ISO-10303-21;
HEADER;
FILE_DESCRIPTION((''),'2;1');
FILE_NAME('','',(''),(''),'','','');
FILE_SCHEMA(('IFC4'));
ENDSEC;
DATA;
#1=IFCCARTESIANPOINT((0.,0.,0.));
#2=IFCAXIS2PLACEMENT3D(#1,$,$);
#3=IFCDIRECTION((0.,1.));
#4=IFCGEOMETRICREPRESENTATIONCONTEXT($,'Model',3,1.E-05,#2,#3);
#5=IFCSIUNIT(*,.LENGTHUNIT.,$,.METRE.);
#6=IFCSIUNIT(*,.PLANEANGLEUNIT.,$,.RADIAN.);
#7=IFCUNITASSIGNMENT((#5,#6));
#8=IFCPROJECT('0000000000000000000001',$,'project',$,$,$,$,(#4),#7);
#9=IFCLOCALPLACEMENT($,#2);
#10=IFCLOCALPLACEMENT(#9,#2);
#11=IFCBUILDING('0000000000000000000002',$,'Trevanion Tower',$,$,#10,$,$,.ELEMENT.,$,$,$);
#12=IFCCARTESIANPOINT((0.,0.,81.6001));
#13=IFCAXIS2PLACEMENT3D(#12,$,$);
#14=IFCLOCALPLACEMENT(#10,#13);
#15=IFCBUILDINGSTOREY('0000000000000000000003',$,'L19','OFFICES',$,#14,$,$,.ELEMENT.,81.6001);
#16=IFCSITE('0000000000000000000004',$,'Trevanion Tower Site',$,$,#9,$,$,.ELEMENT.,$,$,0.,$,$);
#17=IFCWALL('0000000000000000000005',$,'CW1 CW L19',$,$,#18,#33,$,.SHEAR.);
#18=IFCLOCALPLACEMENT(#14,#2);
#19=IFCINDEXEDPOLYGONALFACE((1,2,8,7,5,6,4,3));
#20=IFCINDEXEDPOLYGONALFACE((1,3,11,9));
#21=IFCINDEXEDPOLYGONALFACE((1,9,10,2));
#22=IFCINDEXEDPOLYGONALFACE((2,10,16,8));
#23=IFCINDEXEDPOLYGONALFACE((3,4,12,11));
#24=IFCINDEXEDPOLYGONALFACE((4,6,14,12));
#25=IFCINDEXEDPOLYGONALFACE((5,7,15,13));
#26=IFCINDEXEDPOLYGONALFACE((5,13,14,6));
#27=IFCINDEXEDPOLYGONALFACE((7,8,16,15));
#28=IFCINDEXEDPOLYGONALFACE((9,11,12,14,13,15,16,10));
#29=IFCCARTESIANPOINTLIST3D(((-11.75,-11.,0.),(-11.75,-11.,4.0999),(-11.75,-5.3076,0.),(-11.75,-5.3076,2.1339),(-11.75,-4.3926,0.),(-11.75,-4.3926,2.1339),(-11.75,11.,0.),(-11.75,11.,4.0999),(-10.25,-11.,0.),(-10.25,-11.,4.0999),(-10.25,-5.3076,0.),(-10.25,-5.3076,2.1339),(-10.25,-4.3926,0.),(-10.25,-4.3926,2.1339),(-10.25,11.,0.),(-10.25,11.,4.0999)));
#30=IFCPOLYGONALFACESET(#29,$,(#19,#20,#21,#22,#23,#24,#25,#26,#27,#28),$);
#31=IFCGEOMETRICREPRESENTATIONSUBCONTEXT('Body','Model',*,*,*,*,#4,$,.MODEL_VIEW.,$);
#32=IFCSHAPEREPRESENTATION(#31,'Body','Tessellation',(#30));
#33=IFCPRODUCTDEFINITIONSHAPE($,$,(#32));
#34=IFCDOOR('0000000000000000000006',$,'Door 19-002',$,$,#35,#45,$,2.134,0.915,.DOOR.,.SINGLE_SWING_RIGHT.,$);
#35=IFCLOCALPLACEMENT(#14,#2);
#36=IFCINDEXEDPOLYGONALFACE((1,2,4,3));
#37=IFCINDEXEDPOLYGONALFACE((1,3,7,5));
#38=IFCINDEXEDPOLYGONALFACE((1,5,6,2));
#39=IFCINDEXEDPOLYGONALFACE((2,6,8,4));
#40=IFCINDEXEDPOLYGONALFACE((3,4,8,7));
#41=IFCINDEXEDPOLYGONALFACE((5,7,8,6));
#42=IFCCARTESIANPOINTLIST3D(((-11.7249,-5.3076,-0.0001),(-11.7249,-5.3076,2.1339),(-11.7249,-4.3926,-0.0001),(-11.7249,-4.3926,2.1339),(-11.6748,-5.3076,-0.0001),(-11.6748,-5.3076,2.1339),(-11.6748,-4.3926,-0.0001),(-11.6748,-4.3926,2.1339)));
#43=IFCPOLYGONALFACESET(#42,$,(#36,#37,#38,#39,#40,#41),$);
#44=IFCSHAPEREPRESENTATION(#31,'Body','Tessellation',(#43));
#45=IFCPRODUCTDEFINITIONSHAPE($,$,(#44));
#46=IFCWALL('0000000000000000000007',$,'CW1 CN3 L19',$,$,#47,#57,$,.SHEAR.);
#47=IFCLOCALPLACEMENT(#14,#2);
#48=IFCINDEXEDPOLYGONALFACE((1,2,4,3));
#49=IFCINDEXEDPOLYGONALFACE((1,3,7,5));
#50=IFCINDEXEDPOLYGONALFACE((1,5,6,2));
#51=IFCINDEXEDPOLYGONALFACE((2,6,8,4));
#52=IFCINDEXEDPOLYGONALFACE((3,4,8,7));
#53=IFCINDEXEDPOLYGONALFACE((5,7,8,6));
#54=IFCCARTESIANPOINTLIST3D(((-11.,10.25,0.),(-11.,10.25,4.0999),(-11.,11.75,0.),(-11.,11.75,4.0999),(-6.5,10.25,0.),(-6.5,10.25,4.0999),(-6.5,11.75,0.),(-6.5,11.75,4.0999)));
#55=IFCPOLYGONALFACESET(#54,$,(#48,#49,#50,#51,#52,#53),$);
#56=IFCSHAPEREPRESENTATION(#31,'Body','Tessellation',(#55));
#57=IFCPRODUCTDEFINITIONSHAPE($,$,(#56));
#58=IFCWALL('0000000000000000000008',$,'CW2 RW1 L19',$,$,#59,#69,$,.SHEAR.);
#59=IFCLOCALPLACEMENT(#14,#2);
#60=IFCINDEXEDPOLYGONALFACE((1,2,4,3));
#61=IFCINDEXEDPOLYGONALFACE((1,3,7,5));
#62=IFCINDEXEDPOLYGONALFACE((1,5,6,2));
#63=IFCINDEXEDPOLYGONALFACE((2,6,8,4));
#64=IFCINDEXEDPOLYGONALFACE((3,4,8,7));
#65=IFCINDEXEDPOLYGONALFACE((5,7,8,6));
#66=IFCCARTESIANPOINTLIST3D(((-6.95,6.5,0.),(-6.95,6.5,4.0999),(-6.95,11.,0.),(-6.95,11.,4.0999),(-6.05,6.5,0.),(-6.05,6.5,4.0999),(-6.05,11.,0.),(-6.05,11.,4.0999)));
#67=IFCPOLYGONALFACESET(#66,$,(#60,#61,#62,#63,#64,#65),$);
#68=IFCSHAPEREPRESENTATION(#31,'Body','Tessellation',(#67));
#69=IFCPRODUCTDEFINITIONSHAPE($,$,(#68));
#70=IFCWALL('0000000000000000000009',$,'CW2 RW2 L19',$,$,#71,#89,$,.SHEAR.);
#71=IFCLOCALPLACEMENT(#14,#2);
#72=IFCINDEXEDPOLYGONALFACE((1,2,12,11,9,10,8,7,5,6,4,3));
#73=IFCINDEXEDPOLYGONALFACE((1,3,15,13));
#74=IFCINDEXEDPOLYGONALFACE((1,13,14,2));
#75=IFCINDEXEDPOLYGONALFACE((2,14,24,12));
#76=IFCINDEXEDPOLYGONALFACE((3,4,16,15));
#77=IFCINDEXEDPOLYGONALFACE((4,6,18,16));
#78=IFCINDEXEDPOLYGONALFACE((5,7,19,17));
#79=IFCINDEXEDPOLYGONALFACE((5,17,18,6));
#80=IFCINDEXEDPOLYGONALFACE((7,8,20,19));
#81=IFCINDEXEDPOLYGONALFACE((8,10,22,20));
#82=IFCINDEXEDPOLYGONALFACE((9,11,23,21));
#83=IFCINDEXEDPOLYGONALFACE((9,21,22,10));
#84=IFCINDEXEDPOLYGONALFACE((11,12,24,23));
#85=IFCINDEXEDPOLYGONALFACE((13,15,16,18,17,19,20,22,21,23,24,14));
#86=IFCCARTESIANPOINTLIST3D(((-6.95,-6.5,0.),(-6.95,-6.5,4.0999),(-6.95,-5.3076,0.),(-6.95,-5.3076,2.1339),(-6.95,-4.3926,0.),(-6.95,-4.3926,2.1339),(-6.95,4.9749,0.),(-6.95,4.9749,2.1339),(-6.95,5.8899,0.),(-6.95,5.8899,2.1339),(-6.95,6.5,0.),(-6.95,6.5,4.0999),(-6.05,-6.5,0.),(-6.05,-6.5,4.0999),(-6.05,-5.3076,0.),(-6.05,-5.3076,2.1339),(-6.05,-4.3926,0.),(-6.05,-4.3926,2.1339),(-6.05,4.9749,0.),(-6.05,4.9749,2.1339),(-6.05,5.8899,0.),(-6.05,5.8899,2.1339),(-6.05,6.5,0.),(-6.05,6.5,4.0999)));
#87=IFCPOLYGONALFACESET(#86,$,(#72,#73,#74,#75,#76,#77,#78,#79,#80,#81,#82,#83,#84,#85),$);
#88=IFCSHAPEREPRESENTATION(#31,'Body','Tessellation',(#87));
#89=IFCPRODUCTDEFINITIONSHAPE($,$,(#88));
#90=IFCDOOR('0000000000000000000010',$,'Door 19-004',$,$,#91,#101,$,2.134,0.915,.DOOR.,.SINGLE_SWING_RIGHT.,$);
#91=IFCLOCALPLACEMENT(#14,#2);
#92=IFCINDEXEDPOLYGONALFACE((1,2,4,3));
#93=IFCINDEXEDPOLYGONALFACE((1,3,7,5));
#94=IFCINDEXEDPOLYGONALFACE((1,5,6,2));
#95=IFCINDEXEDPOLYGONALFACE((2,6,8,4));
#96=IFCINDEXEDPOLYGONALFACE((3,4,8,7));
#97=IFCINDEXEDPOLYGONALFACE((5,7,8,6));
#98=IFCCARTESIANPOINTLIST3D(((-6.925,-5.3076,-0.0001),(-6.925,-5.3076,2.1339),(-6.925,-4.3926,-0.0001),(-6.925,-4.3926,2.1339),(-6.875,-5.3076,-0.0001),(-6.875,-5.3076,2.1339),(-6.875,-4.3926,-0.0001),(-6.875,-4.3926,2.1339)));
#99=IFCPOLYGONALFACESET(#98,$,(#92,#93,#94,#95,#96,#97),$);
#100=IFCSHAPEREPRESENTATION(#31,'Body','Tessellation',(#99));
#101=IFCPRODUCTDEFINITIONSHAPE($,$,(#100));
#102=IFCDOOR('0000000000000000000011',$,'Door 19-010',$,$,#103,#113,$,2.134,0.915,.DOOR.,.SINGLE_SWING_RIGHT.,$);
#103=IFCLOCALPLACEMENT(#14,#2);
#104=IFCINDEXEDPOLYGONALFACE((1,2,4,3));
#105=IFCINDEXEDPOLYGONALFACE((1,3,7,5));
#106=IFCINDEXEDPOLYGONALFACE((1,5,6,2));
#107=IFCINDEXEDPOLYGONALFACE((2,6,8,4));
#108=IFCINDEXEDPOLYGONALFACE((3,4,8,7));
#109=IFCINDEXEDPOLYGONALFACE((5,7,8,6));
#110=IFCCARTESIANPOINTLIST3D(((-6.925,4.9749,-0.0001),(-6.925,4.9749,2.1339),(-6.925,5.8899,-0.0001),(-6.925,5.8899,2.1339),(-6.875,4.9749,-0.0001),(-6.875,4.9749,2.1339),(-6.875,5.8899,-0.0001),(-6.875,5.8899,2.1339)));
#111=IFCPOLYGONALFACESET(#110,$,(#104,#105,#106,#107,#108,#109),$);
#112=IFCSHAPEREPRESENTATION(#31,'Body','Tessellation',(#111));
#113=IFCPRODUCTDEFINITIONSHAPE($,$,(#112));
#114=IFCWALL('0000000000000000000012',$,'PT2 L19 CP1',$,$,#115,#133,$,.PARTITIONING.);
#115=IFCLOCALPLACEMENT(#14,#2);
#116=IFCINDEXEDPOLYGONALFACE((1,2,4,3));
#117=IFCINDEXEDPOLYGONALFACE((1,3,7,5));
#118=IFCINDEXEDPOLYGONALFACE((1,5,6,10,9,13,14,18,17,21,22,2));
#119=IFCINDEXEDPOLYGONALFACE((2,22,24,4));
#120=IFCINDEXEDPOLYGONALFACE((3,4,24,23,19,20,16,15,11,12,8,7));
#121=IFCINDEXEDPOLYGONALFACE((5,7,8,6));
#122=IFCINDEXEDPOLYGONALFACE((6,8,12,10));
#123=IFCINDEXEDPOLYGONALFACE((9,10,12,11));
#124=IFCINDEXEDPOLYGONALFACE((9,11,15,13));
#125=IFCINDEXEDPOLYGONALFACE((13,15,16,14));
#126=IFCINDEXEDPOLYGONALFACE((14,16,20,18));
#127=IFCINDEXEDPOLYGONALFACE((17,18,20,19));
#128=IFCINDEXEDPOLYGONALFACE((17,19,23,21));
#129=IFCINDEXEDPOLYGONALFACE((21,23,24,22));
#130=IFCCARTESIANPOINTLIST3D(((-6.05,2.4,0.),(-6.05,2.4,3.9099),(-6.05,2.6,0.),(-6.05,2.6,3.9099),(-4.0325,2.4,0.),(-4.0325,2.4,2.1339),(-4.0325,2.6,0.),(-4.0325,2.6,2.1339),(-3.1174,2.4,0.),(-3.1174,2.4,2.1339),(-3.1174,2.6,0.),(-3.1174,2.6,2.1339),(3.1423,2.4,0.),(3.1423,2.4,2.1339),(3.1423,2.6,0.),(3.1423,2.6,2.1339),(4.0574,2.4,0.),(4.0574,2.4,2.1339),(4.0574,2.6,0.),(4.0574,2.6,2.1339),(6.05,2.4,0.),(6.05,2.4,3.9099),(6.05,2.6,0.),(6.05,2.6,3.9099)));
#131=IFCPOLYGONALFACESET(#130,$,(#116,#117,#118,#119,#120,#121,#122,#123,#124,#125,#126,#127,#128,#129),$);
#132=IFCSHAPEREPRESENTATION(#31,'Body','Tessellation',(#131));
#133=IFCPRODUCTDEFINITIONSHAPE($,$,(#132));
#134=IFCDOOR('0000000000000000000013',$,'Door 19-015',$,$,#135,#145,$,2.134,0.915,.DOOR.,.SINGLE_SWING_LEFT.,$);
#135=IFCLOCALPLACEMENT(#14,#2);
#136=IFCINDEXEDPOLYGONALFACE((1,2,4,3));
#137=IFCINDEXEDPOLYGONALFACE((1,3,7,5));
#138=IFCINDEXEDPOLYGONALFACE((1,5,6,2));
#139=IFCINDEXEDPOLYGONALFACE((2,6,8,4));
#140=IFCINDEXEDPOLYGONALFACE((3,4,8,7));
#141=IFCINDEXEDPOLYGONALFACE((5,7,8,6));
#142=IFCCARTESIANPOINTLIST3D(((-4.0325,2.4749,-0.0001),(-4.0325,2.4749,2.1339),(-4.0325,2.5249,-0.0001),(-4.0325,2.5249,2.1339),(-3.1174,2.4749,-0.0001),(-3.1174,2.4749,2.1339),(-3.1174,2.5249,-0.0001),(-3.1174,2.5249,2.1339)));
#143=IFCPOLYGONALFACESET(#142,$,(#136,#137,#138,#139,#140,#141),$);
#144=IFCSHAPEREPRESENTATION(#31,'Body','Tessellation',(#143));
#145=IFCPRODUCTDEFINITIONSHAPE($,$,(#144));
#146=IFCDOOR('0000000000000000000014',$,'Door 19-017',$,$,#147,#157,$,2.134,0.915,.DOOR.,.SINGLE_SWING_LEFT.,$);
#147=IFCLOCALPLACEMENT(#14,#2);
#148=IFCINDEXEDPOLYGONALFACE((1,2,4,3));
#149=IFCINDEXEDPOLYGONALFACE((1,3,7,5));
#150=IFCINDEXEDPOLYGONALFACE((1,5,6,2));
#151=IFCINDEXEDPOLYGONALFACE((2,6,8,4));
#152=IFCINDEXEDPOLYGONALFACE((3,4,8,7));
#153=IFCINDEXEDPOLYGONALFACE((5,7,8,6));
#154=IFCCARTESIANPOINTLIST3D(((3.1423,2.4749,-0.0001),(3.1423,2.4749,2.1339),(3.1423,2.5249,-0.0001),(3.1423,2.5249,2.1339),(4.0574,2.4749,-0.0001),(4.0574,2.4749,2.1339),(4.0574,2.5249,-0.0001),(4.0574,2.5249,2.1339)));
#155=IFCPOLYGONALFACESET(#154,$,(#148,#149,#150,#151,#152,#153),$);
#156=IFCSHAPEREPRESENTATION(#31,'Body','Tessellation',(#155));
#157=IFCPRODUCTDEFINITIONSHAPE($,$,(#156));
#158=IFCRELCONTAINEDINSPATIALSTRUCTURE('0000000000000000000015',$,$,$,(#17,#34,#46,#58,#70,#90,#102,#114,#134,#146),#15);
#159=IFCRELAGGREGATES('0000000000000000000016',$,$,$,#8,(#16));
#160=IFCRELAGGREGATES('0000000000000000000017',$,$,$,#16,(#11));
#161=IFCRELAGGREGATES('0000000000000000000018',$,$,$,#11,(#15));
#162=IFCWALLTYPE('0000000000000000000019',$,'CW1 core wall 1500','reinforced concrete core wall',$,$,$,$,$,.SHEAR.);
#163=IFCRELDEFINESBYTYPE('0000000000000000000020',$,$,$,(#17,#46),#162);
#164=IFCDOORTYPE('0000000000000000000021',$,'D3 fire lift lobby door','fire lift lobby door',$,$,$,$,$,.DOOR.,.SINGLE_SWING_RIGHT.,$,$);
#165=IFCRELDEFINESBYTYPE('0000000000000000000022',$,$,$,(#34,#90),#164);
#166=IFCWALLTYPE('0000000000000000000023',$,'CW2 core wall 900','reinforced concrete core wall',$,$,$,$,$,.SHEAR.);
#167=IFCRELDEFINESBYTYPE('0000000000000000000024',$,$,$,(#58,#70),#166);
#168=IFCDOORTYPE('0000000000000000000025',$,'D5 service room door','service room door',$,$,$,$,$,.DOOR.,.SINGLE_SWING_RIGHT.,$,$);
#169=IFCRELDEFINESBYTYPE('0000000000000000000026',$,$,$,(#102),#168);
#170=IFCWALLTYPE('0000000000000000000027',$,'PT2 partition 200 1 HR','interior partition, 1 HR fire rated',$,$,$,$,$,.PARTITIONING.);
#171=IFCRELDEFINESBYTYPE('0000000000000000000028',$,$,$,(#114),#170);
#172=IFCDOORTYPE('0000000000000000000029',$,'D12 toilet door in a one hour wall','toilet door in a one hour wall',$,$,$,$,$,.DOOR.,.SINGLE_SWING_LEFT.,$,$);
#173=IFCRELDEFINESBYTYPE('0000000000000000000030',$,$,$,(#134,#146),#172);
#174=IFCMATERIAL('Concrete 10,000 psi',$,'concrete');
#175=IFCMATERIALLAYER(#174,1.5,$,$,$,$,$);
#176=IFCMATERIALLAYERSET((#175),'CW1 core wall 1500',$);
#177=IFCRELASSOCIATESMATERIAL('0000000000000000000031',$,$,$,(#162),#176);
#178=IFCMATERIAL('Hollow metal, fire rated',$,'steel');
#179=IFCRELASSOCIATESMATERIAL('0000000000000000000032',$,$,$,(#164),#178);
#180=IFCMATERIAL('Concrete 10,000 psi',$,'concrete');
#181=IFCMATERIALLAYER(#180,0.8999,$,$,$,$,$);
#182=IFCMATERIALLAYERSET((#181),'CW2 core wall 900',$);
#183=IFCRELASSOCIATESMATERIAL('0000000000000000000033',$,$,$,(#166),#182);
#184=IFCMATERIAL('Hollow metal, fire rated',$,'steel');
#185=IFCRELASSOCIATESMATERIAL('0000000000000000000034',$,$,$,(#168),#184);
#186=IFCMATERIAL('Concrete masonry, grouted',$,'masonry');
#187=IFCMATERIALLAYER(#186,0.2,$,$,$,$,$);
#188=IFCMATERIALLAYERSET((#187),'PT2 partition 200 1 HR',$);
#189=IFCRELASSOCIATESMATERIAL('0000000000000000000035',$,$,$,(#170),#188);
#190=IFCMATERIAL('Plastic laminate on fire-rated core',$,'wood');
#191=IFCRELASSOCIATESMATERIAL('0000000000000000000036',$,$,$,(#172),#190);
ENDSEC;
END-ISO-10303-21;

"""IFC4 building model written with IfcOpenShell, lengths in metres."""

from ifc_helpers import new_model, si_unit, direction, frame, frame_2d, origin, place, context, subcontext, project, spatial, rectangle, extrude, material, layer, layer_set, type_object, element, fill, save


model = new_model("IFC4")

# Units and contexts
model_context = context("Model", 3, precision=1e-05, world=origin(), true_north=direction((0.0, 1.0)))
body_context = subcontext(model_context, "Body", "Model", "MODEL_VIEW")
ifc_project = project(units=[si_unit("LENGTHUNIT", "METRE"), si_unit("PLANEANGLEUNIT", "RADIAN")], contexts=[model_context])

# Site, building, storey
site_placement = place(None, origin())
site = spatial("IfcSite", under=ifc_project, at=site_placement, Name="Trevanion Tower Site", CompositionType="ELEMENT", RefElevation=0.0)
building_placement = place(site_placement, origin())
building = spatial("IfcBuilding", under=site, at=building_placement, Name="Trevanion Tower", CompositionType="ELEMENT")
storey_placement = place(building_placement, frame((0.0, 0.0, 81.6001)))
storey = spatial("IfcBuildingStorey", under=building, at=storey_placement, Name="L19", Description="OFFICES", CompositionType="ELEMENT", Elevation=81.6001)

# Wall, opening, door
ifc_material_1 = material(Name="Concrete 10,000 psi", Category="concrete")
ifc_layer_1 = layer(ifc_material_1, 1.5)
ifc_layer_set_1 = layer_set([ifc_layer_1], Name="CW1 core wall 1500")
wall_type_1 = type_object("IfcWallType", Name="CW1 core wall 1500", Description="reinforced concrete core wall", PredefinedType="SHEAR", material=ifc_layer_set_1)
wall_1_placement = place(storey_placement, frame((-11.0, 11.0, 0.0), z_axis=(0.0, 0.0, 1.0), x_axis=(0.0, -1.0, 0.0)))
wall_1 = element("IfcWall", 1, at=wall_1_placement, inside=storey, type_object=wall_type_1, Name="CW1 CW L19", PredefinedType="SHEAR", context=body_context, shape_type="SweptSolid", body=[
    extrude(rectangle(XDim=22.0, YDim=1.5, at=frame_2d((11.0, 0.0))), origin(), (0.0, 0.0, 1.0), 4.0999),
])
opening_1_placement = place(wall_1_placement, frame((15.3926, 0.0, 0.0)))
opening_1 = element("IfcOpeningElement", 2, at=opening_1_placement, cuts=wall_1, PredefinedType="OPENING", context=body_context, shape_type="SweptSolid", body=[
    extrude(rectangle(XDim=0.915, YDim=2.134, at=frame_2d((0.4575, 1.0669))), frame((0.0, 0.76, 0.0), z_axis=(0.0, -1.0, 0.0), x_axis=(1.0, 0.0, 0.0)), (0.0, 0.0, 1.0), 1.52),
])
ifc_material_2 = material(Name="Hollow metal, fire rated", Category="steel")
door_type_1 = type_object("IfcDoorType", Name="D3 fire lift lobby door", Description="fire lift lobby door", OperationType="SINGLE_SWING_RIGHT", PredefinedType="DOOR", material=ifc_material_2)
door_1_placement = place(opening_1_placement, origin())
door_1 = element("IfcDoor", 3, at=door_1_placement, inside=storey, type_object=door_type_1, Name="Door 19-002", OperationType="SINGLE_SWING_RIGHT", OverallHeight=2.134, OverallWidth=0.915, PredefinedType="DOOR", context=body_context, shape_type="SweptSolid", body=[
    extrude(rectangle(XDim=0.915, YDim=2.134, at=frame_2d((0.4575, 1.0669))), frame((0.0, -0.6748, 0.0), z_axis=(0.0, -1.0, 0.0), x_axis=(1.0, 0.0, 0.0)), (0.0, 0.0, 1.0), 0.05),
])
fill(opening_1, door_1)

# Walls
wall_2_placement = place(storey_placement, frame((-6.5, 11.0, 0.0), z_axis=(0.0, 0.0, 1.0), x_axis=(-1.0, 0.0, 0.0)))
element("IfcWall", 4, at=wall_2_placement, inside=storey, type_object=wall_type_1, Name="CW1 CN3 L19", PredefinedType="SHEAR", context=body_context, shape_type="SweptSolid", body=[
    extrude(rectangle(XDim=4.5, YDim=1.5, at=frame_2d((2.25, 0.0))), origin(), (0.0, 0.0, 1.0), 4.0999),
])
ifc_material_3 = material(Name="Concrete 10,000 psi", Category="concrete")
ifc_layer_2 = layer(ifc_material_3, 0.8999)
ifc_layer_set_2 = layer_set([ifc_layer_2], Name="CW2 core wall 900")
wall_type_2 = type_object("IfcWallType", Name="CW2 core wall 900", Description="reinforced concrete core wall", PredefinedType="SHEAR", material=ifc_layer_set_2)
wall_3_placement = place(storey_placement, frame((-6.5, 11.0, 0.0), z_axis=(0.0, 0.0, 1.0), x_axis=(0.0, -1.0, 0.0)))
element("IfcWall", 5, at=wall_3_placement, inside=storey, type_object=wall_type_2, Name="CW2 RW1 L19", PredefinedType="SHEAR", context=body_context, shape_type="SweptSolid", body=[
    extrude(rectangle(XDim=4.5, YDim=0.8999, at=frame_2d((2.25, 0.0))), origin(), (0.0, 0.0, 1.0), 4.0999),
])

# Walls, openings, doors
wall_4_placement = place(storey_placement, frame((-6.5, 6.5, 0.0), z_axis=(0.0, 0.0, 1.0), x_axis=(0.0, -1.0, 0.0)))
wall_4 = element("IfcWall", 6, at=wall_4_placement, inside=storey, type_object=wall_type_2, Name="CW2 RW2 L19", PredefinedType="SHEAR", context=body_context, shape_type="SweptSolid", body=[
    extrude(rectangle(XDim=13.0, YDim=0.8999, at=frame_2d((6.5, 0.0))), origin(), (0.0, 0.0, 1.0), 4.0999),
])
opening_2_placement = place(wall_4_placement, frame((10.8926, 0.0, 0.0)))
opening_2 = element("IfcOpeningElement", 7, at=opening_2_placement, cuts=wall_4, PredefinedType="OPENING", context=body_context, shape_type="SweptSolid", body=[
    extrude(rectangle(XDim=0.915, YDim=2.134, at=frame_2d((0.4575, 1.0669))), frame((0.0, 0.46, 0.0), z_axis=(0.0, -1.0, 0.0), x_axis=(1.0, 0.0, 0.0)), (0.0, 0.0, 1.0), 0.9199),
])
opening_3_placement = place(wall_4_placement, frame((0.6101, 0.0, 0.0)))
opening_3 = element("IfcOpeningElement", 8, at=opening_3_placement, cuts=wall_4, PredefinedType="OPENING", context=body_context, shape_type="SweptSolid", body=[
    extrude(rectangle(XDim=0.915, YDim=2.134, at=frame_2d((0.4575, 1.0669))), frame((0.0, 0.46, 0.0), z_axis=(0.0, -1.0, 0.0), x_axis=(1.0, 0.0, 0.0)), (0.0, 0.0, 1.0), 0.9199),
])
door_2_placement = place(opening_2_placement, origin())
door_2 = element("IfcDoor", 9, at=door_2_placement, inside=storey, type_object=door_type_1, Name="Door 19-004", OperationType="SINGLE_SWING_RIGHT", OverallHeight=2.134, OverallWidth=0.915, PredefinedType="DOOR", context=body_context, shape_type="SweptSolid", body=[
    extrude(rectangle(XDim=0.915, YDim=2.134, at=frame_2d((0.4575, 1.0669))), frame((0.0, -0.375, 0.0), z_axis=(0.0, -1.0, 0.0), x_axis=(1.0, 0.0, 0.0)), (0.0, 0.0, 1.0), 0.05),
])
fill(opening_2, door_2)
ifc_material_4 = material(Name="Hollow metal, fire rated", Category="steel")
door_type_2 = type_object("IfcDoorType", Name="D5 service room door", Description="service room door", OperationType="SINGLE_SWING_RIGHT", PredefinedType="DOOR", material=ifc_material_4)
door_3_placement = place(opening_3_placement, origin())
door_3 = element("IfcDoor", 10, at=door_3_placement, inside=storey, type_object=door_type_2, Name="Door 19-010", OperationType="SINGLE_SWING_RIGHT", OverallHeight=2.134, OverallWidth=0.915, PredefinedType="DOOR", context=body_context, shape_type="SweptSolid", body=[
    extrude(rectangle(XDim=0.915, YDim=2.134, at=frame_2d((0.4575, 1.0669))), frame((0.0, -0.375, 0.0), z_axis=(0.0, -1.0, 0.0), x_axis=(1.0, 0.0, 0.0)), (0.0, 0.0, 1.0), 0.05),
])
fill(opening_3, door_3)
ifc_material_5 = material(Name="Concrete masonry, grouted", Category="masonry")
ifc_layer_3 = layer(ifc_material_5, 0.2)
ifc_layer_set_3 = layer_set([ifc_layer_3], Name="PT2 partition 200 1 HR")
wall_type_3 = type_object("IfcWallType", Name="PT2 partition 200 1 HR", Description="interior partition, 1 HR fire rated", PredefinedType="PARTITIONING", material=ifc_layer_set_3)
wall_5_placement = place(storey_placement, frame((-6.05, 2.5, 0.0), z_axis=(0.0, 0.0, 1.0), x_axis=(1.0, 0.0, 0.0)))
wall_5 = element("IfcWall", 11, at=wall_5_placement, inside=storey, type_object=wall_type_3, Name="PT2 L19 CP1", PredefinedType="PARTITIONING", context=body_context, shape_type="SweptSolid", body=[
    extrude(rectangle(XDim=12.1001, YDim=0.2, at=frame_2d((6.05, 0.0))), origin(), (0.0, 0.0, 1.0), 3.9099),
])
opening_4_placement = place(wall_5_placement, frame((2.0176, 0.0, 0.0)))
opening_4 = element("IfcOpeningElement", 12, at=opening_4_placement, cuts=wall_5, PredefinedType="OPENING", context=body_context, shape_type="SweptSolid", body=[
    extrude(rectangle(XDim=0.915, YDim=2.134, at=frame_2d((0.4575, 1.0669))), frame((0.0, 0.1099, 0.0), z_axis=(0.0, -1.0, 0.0), x_axis=(1.0, 0.0, 0.0)), (0.0, 0.0, 1.0), 0.22),
])
opening_5_placement = place(wall_5_placement, frame((9.1924, 0.0, 0.0)))
opening_5 = element("IfcOpeningElement", 13, at=opening_5_placement, cuts=wall_5, PredefinedType="OPENING", context=body_context, shape_type="SweptSolid", body=[
    extrude(rectangle(XDim=0.915, YDim=2.134, at=frame_2d((0.4575, 1.0669))), frame((0.0, 0.1099, 0.0), z_axis=(0.0, -1.0, 0.0), x_axis=(1.0, 0.0, 0.0)), (0.0, 0.0, 1.0), 0.22),
])
ifc_material_6 = material(Name="Plastic laminate on fire-rated core", Category="wood")
door_type_3 = type_object("IfcDoorType", Name="D12 toilet door in a one hour wall", Description="toilet door in a one hour wall", OperationType="SINGLE_SWING_LEFT", PredefinedType="DOOR", material=ifc_material_6)
door_4_placement = place(opening_4_placement, origin())
door_4 = element("IfcDoor", 14, at=door_4_placement, inside=storey, type_object=door_type_3, Name="Door 19-015", OperationType="SINGLE_SWING_LEFT", OverallHeight=2.134, OverallWidth=0.915, PredefinedType="DOOR", context=body_context, shape_type="SweptSolid", body=[
    extrude(rectangle(XDim=0.915, YDim=2.134, at=frame_2d((0.4575, 1.0669))), frame((0.0, 0.0249, 0.0), z_axis=(0.0, -1.0, 0.0), x_axis=(1.0, 0.0, 0.0)), (0.0, 0.0, 1.0), 0.05),
])
fill(opening_4, door_4)
door_5_placement = place(opening_5_placement, origin())
door_5 = element("IfcDoor", 15, at=door_5_placement, inside=storey, type_object=door_type_3, Name="Door 19-017", OperationType="SINGLE_SWING_LEFT", OverallHeight=2.134, OverallWidth=0.915, PredefinedType="DOOR", context=body_context, shape_type="SweptSolid", body=[
    extrude(rectangle(XDim=0.915, YDim=2.134, at=frame_2d((0.4575, 1.0669))), frame((0.0, 0.0249, 0.0), z_axis=(0.0, -1.0, 0.0), x_axis=(1.0, 0.0, 0.0)), (0.0, 0.0, 1.0), 0.05),
])
fill(opening_5, door_5)

save(model, "model.ifc")
